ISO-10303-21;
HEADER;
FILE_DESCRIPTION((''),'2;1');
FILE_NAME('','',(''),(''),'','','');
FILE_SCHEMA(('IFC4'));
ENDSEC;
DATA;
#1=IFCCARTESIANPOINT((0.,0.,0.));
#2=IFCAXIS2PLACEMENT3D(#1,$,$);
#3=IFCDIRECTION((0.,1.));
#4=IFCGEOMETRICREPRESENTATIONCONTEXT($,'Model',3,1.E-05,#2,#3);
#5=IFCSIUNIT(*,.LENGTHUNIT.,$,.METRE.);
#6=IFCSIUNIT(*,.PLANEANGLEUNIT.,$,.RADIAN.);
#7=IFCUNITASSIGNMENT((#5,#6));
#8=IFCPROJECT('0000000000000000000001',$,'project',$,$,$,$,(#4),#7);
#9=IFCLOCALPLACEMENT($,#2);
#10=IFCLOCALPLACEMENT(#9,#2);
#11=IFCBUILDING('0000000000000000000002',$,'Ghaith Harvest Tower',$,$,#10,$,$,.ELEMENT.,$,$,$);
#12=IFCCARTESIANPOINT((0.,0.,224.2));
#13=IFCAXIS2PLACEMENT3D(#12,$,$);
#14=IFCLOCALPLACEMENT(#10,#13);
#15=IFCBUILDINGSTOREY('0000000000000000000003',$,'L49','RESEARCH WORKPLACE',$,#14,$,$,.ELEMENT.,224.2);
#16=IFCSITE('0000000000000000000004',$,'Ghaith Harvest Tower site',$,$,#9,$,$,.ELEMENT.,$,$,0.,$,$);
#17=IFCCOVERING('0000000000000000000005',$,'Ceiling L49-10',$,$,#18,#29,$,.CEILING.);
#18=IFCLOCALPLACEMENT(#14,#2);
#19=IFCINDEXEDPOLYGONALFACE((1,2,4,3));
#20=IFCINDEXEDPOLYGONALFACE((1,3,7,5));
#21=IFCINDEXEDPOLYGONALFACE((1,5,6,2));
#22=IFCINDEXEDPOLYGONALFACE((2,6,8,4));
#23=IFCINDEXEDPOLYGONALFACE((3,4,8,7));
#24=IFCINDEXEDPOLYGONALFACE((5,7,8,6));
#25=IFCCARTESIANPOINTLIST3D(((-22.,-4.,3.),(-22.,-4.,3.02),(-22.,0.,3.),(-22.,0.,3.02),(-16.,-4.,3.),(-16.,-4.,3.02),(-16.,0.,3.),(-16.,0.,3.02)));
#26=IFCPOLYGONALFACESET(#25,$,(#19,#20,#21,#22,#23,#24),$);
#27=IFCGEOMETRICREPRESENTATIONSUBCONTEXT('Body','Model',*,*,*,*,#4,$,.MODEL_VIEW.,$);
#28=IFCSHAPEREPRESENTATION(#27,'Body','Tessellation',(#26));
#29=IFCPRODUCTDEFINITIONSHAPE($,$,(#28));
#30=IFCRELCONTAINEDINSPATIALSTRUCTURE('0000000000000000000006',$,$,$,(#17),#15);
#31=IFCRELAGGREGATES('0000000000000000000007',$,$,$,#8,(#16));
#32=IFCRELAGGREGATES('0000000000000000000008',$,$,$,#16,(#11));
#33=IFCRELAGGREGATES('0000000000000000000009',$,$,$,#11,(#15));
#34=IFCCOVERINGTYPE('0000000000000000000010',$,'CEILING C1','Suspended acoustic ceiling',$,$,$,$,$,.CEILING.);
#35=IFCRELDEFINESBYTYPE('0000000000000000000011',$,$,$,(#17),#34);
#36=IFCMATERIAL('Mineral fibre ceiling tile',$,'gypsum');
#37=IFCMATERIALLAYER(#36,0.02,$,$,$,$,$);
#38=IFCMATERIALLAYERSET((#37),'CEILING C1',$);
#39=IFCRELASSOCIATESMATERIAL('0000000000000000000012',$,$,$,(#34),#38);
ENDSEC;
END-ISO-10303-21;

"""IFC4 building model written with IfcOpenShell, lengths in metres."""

from ifc_helpers import new_model, si_unit, direction, frame, origin, place, context, subcontext, project, spatial, polyline, outline, extrude, material, layer, layer_set, type_object, element, save


model = new_model("IFC4")

# Units and contexts
model_context = context("Model", 3, precision=1e-05, world=origin(), true_north=direction((0.0, 1.0)))
body_context = subcontext(model_context, "Body", "Model", "MODEL_VIEW")
ifc_project = project(units=[si_unit("LENGTHUNIT", "METRE"), si_unit("PLANEANGLEUNIT", "RADIAN")], contexts=[model_context])

# Site, building, storey
site_placement = place(None, origin())
site = spatial("IfcSite", under=ifc_project, at=site_placement, Name="Ghaith Harvest Tower site", CompositionType="ELEMENT", RefElevation=0.0)
building_placement = place(site_placement, origin())
building = spatial("IfcBuilding", under=site, at=building_placement, Name="Ghaith Harvest Tower", CompositionType="ELEMENT")
storey_placement = place(building_placement, frame((0.0, 0.0, 224.2)))
storey = spatial("IfcBuildingStorey", under=building, at=storey_placement, Name="L49", Description="RESEARCH WORKPLACE", CompositionType="ELEMENT", Elevation=224.2)

# Covering
ifc_material_1 = material(Name="Mineral fibre ceiling tile", Category="gypsum")
ifc_layer_1 = layer(ifc_material_1, 0.02)
ifc_layer_set_1 = layer_set([ifc_layer_1], Name="CEILING C1")
covering_type = type_object("IfcCoveringType", Name="CEILING C1", Description="Suspended acoustic ceiling", PredefinedType="CEILING", material=ifc_layer_set_1)
covering_1_placement = place(storey_placement, frame((0.0, 0.0, 3.0)))
element("IfcCovering", 1, at=covering_1_placement, inside=storey, type_object=covering_type, Name="Ceiling L49-10", PredefinedType="CEILING", context=body_context, shape_type="SweptSolid", body=[
    extrude(outline(polyline([(-22.0, -4.0), (-16.0, -4.0), (-16.0, 0.0), (-22.0, 0.0), (-22.0, -4.0)])), origin(), (0.0, 0.0, 1.0), 0.02),
])

save(model, "model.ifc")
